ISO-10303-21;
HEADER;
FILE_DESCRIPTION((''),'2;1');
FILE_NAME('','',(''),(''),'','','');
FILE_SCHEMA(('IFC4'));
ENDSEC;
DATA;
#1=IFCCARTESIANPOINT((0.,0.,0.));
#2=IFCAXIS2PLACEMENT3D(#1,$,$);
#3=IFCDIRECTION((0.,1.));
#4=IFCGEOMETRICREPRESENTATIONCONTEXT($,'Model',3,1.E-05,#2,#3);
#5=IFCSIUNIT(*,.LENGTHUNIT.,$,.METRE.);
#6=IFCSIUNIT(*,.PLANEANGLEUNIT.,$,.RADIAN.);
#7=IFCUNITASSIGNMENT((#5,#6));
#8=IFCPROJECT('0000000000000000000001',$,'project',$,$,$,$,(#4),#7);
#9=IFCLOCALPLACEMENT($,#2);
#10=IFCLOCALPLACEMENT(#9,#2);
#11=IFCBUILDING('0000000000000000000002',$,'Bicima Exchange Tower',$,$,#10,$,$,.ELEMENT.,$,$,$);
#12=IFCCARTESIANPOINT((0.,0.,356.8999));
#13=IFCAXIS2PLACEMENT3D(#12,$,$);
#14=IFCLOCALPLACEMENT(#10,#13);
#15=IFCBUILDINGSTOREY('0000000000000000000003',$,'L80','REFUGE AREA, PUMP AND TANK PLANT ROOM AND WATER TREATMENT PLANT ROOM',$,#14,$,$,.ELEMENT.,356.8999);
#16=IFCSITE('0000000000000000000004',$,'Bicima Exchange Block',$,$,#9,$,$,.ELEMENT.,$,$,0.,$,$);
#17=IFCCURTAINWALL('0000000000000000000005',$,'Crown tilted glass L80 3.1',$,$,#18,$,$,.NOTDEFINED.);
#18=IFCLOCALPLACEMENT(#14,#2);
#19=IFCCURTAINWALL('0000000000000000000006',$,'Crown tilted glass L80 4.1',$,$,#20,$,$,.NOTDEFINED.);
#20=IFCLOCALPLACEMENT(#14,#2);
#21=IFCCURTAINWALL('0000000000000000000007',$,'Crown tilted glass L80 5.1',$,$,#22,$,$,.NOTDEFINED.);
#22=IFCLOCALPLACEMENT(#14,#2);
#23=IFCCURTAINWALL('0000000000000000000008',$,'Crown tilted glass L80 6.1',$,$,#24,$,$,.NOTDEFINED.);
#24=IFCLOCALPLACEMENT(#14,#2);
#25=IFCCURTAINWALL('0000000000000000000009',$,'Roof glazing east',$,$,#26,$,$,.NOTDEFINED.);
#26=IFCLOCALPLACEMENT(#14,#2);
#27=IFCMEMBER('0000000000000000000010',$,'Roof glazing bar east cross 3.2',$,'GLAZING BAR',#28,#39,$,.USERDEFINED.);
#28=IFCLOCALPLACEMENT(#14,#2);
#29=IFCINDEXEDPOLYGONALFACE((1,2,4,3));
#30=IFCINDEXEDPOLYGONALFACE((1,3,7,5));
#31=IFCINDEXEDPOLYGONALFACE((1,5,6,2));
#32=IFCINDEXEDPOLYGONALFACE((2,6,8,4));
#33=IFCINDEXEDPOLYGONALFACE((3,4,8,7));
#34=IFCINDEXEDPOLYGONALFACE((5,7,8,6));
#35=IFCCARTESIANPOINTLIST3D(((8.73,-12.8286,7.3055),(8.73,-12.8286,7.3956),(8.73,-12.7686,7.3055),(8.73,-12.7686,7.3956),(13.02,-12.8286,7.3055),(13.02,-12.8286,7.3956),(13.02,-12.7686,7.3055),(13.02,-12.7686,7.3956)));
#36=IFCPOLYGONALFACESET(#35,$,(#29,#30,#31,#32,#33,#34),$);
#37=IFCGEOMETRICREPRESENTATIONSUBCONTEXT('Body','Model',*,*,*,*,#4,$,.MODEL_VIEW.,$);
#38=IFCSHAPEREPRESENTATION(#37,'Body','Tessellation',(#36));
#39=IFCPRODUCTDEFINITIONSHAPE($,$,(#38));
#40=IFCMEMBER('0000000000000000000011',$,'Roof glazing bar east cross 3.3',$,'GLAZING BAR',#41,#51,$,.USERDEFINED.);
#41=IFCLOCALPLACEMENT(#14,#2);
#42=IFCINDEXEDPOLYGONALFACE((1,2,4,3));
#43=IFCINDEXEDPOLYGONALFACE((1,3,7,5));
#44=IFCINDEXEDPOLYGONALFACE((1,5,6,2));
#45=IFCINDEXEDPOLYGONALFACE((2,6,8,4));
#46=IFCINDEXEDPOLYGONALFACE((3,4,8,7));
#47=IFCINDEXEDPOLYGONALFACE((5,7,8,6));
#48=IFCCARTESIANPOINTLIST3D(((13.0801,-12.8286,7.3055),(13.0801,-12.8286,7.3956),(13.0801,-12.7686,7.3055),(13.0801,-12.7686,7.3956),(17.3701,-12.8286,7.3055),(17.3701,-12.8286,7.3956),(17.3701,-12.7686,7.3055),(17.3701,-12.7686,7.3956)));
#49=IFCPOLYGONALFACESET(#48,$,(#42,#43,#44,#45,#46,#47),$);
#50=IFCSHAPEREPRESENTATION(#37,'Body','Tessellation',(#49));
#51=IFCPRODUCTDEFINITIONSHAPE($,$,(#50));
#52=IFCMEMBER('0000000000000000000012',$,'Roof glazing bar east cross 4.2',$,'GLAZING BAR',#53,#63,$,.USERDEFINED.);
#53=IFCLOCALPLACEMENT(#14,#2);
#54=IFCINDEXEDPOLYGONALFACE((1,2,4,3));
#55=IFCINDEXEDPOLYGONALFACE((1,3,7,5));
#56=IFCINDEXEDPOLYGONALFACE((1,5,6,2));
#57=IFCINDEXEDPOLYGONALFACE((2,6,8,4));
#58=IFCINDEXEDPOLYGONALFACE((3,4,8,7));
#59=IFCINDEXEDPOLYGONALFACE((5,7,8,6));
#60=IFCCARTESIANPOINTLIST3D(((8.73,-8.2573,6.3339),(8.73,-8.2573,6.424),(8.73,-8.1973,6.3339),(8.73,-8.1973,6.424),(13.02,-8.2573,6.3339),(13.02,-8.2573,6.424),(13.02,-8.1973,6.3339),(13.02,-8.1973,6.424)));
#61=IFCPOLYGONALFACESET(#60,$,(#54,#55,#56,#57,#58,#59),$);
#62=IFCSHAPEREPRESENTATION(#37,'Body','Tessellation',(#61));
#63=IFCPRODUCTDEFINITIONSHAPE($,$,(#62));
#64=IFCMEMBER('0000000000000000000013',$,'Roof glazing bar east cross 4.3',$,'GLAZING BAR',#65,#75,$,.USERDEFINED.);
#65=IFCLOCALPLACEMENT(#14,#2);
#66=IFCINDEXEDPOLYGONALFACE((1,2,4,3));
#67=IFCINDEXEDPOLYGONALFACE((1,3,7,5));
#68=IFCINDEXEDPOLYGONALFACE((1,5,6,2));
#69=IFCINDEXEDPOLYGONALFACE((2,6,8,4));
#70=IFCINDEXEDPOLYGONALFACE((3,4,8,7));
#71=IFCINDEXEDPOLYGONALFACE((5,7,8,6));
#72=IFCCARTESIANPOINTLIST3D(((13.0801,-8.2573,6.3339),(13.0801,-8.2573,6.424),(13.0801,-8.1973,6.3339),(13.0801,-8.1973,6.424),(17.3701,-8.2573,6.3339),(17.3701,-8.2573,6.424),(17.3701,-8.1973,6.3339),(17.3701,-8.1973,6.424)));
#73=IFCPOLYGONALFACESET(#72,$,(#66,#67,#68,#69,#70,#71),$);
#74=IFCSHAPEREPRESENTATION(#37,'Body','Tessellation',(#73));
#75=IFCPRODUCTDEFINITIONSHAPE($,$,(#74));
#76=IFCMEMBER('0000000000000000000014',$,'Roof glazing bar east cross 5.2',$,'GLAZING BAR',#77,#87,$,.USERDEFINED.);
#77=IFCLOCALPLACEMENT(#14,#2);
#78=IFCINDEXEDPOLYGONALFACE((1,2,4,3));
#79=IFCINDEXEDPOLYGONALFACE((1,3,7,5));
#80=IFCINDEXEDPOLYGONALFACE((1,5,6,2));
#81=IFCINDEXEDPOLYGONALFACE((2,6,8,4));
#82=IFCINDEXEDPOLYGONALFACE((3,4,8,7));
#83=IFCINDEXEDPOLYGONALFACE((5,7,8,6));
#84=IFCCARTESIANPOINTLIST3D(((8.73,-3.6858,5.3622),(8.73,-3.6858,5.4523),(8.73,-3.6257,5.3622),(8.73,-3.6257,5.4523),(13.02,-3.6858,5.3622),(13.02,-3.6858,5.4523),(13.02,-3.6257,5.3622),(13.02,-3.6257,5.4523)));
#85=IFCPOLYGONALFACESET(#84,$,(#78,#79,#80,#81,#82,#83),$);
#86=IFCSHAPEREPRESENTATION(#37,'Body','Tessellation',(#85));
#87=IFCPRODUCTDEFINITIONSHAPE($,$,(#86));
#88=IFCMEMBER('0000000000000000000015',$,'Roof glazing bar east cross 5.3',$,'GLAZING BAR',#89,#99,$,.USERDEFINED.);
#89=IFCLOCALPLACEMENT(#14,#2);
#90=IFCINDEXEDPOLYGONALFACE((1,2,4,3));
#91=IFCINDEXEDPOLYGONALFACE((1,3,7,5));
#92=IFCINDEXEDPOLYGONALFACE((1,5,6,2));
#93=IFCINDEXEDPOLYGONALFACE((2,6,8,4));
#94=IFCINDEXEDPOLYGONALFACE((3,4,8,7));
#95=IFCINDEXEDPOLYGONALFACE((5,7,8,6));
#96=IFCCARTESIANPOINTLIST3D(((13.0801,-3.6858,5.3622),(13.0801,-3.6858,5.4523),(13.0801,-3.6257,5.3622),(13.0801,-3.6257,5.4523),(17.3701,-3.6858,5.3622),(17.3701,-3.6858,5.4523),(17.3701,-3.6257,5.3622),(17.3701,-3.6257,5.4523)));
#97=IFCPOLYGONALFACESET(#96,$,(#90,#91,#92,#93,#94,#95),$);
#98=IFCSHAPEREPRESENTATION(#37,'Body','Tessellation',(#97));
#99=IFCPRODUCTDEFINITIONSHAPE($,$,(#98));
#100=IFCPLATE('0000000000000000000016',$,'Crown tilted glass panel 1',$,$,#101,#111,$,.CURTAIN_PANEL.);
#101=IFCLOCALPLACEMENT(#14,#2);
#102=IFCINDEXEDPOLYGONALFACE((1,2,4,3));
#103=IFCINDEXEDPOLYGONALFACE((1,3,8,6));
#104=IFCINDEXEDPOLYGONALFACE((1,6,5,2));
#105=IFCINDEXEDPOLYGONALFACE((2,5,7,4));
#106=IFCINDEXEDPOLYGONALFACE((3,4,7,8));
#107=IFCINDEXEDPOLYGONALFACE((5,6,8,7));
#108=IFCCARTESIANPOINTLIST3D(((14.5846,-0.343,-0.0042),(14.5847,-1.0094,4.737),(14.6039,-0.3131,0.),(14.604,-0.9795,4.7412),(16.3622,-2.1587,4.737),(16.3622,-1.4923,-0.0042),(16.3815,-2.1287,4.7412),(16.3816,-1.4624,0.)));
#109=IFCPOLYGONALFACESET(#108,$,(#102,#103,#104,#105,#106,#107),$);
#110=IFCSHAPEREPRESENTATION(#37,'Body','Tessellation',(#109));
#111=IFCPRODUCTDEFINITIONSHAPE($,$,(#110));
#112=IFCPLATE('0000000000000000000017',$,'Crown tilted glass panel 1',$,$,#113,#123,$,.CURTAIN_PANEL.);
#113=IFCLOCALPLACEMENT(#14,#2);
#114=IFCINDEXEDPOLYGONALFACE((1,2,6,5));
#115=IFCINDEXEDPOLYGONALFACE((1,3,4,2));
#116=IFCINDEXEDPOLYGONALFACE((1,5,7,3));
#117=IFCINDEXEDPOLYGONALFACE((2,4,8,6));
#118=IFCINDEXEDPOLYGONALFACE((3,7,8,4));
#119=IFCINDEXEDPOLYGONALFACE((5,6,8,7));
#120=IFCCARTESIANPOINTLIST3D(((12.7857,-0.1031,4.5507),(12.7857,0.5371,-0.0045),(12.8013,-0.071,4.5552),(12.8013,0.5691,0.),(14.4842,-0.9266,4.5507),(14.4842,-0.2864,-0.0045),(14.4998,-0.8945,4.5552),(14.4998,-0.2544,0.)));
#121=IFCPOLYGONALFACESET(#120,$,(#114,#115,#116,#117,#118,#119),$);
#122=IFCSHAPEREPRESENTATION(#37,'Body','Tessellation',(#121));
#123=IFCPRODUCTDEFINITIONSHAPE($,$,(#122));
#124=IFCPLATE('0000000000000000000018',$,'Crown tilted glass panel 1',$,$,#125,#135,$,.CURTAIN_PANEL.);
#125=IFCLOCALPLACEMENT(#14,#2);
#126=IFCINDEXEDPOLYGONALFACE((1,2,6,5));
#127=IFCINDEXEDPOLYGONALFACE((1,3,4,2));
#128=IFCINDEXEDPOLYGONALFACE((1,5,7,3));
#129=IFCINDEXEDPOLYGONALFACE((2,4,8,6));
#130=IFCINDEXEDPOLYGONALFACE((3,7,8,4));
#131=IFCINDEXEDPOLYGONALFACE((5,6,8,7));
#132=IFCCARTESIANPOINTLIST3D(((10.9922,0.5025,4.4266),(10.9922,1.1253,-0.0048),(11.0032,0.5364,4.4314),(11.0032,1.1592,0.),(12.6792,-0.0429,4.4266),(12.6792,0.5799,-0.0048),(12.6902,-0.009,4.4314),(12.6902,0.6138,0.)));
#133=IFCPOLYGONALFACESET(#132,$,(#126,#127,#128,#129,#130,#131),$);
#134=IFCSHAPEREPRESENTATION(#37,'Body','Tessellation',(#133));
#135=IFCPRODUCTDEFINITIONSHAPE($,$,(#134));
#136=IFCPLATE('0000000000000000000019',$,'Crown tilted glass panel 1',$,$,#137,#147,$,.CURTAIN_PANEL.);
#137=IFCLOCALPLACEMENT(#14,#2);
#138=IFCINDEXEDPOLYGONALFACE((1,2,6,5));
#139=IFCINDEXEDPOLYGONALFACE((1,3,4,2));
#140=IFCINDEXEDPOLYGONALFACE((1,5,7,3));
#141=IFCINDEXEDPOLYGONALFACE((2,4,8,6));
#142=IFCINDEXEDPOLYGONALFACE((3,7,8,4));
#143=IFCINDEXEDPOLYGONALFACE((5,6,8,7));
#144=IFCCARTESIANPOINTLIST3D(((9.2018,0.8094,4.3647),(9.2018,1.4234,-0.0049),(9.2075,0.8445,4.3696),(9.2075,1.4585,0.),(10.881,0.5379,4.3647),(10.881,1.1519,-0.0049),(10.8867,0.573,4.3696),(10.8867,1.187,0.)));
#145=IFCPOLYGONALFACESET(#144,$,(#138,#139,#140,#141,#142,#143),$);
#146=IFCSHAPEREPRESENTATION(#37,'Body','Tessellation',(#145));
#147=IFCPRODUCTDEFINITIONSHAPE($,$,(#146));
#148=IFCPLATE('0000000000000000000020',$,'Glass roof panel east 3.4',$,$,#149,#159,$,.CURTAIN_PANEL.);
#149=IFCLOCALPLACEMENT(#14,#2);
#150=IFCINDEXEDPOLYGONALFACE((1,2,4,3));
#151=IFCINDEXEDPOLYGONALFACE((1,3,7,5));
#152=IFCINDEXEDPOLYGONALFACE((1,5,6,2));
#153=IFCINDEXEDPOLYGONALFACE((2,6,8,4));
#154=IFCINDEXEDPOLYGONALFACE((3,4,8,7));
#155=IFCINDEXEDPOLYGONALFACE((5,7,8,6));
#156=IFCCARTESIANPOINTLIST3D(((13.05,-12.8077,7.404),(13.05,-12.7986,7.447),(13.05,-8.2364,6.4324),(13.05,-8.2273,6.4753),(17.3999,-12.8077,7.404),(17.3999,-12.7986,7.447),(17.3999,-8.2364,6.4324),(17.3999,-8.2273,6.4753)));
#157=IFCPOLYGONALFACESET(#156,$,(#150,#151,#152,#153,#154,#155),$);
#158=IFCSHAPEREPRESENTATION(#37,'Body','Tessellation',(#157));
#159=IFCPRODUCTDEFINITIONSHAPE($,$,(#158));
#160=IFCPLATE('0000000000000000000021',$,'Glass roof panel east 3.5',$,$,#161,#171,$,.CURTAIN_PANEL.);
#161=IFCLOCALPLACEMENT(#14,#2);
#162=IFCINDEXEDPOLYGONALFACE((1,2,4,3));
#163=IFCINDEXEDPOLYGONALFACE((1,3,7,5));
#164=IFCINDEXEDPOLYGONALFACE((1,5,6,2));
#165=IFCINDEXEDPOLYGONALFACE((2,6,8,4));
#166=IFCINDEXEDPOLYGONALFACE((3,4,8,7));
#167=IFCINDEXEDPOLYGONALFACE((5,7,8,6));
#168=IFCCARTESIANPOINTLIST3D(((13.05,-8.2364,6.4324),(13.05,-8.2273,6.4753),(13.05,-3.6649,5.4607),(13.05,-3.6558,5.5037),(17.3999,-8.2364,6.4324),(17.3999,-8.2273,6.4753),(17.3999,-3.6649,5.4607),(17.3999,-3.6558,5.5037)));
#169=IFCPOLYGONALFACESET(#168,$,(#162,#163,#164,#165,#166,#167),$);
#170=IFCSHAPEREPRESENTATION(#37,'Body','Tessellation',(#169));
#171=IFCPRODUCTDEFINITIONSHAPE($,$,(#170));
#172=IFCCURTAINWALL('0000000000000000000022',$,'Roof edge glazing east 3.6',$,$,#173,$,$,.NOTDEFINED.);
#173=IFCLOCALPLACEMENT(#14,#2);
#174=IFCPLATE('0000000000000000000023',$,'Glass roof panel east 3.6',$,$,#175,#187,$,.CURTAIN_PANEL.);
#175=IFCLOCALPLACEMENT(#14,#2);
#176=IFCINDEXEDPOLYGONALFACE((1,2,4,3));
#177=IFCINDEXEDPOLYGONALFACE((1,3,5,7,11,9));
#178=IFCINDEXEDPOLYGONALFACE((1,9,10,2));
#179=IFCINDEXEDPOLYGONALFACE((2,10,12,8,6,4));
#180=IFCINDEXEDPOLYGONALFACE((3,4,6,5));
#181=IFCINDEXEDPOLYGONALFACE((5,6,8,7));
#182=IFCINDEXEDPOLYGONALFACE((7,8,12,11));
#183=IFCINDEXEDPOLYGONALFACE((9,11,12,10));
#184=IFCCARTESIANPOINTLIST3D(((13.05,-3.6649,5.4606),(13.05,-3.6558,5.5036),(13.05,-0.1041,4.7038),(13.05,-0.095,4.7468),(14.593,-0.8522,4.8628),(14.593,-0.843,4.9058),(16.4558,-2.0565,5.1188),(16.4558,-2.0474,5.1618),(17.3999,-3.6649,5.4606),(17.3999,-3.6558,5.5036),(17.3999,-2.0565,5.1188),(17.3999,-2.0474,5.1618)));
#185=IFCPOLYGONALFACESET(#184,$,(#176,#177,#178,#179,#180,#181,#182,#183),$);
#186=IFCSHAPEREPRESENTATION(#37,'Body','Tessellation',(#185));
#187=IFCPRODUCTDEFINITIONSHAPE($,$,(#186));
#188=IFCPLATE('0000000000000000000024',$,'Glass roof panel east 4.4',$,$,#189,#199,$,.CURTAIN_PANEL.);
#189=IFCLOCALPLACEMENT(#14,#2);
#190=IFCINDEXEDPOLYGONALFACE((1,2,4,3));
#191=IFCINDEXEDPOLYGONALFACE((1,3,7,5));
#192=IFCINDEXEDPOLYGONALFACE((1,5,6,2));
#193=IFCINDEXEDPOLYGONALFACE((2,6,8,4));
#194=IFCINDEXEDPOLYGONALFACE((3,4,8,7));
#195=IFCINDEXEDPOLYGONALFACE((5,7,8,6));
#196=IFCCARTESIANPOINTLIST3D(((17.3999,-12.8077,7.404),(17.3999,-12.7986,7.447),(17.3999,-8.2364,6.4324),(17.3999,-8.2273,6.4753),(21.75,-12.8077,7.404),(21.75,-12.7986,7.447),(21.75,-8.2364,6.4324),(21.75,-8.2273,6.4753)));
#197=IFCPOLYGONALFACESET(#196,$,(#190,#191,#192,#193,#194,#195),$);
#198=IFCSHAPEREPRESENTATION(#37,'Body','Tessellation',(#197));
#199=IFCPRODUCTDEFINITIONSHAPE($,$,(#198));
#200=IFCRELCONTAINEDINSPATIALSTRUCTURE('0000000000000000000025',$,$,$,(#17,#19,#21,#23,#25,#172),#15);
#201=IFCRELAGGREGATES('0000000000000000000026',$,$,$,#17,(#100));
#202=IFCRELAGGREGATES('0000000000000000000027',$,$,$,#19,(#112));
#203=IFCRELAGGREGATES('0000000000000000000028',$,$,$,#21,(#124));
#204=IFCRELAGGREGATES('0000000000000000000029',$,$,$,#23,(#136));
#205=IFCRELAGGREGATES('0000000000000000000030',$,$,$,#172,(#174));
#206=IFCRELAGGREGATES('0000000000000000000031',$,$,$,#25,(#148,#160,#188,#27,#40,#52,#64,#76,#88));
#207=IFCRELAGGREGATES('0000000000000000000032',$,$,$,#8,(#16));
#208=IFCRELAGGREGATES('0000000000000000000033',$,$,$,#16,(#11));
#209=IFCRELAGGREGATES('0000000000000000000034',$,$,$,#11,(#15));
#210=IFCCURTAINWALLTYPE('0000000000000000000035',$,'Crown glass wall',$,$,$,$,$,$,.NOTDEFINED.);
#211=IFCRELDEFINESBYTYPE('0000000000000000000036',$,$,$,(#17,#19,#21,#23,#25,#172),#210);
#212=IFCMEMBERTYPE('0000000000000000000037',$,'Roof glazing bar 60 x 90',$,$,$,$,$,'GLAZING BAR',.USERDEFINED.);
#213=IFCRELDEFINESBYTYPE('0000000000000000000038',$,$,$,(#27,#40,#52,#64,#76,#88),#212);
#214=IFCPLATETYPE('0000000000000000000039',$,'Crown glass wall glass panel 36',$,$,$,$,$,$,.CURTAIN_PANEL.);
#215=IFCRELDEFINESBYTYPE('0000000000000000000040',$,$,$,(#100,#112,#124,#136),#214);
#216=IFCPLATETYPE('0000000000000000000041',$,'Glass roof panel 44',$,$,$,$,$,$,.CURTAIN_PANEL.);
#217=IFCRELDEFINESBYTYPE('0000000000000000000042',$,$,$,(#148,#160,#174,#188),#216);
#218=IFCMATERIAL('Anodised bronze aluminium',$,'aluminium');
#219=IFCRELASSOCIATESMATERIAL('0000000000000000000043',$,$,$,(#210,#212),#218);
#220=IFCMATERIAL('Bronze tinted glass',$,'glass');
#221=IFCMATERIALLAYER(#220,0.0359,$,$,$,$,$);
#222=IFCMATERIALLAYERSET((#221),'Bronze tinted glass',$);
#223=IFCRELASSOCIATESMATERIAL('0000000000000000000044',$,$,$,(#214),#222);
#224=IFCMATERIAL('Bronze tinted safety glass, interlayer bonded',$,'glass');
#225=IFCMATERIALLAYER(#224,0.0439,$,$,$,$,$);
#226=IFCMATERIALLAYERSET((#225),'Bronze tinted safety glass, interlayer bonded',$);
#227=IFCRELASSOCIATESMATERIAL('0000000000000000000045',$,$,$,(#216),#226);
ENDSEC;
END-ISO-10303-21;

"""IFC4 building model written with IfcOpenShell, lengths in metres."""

from ifc_helpers import new_model, si_unit, direction, frame, origin, origin_2d, place, context, subcontext, project, spatial, polyline, rectangle, outline, extrude, material, layer, layer_set, material_profile, profile_set, type_object, element, aggregate, save


model = new_model("IFC4")

# Units and contexts
model_context = context("Model", 3, precision=1e-05, world=origin(), true_north=direction((0.0, 1.0)))
body_context = subcontext(model_context, "Body", "Model", "MODEL_VIEW")
ifc_project = project(units=[si_unit("LENGTHUNIT", "METRE"), si_unit("PLANEANGLEUNIT", "RADIAN")], contexts=[model_context])

# Site, building, storey
site_placement = place(None, origin())
site = spatial("IfcSite", under=ifc_project, at=site_placement, Name="Bicima Exchange Block", CompositionType="ELEMENT", RefElevation=0.0)
building_placement = place(site_placement, origin())
building = spatial("IfcBuilding", under=site, at=building_placement, Name="Bicima Exchange Tower", CompositionType="ELEMENT")
storey_placement = place(building_placement, frame((0.0, 0.0, 356.8999)))
storey = spatial("IfcBuildingStorey", under=building, at=storey_placement, Name="L80", Description="REFUGE AREA, PUMP AND TANK PLANT ROOM AND WATER TREATMENT PLANT ROOM", CompositionType="ELEMENT", Elevation=356.8999)

# Shared definitions
ifc_material_1 = material(Name="Anodised bronze aluminium", Category="aluminium")
curtain_wall_type = type_object("IfcCurtainWallType", Name="Crown glass wall", PredefinedType="NOTDEFINED", material=ifc_material_1)

# Curtain walls
curtain_wall_1_placement = place(storey_placement, origin())
curtain_wall_1 = element("IfcCurtainWall", 1, at=curtain_wall_1_placement, inside=storey, type_object=curtain_wall_type, Name="Crown tilted glass L80 3.1", PredefinedType="NOTDEFINED")
curtain_wall_2_placement = place(storey_placement, origin())
curtain_wall_2 = element("IfcCurtainWall", 2, at=curtain_wall_2_placement, inside=storey, type_object=curtain_wall_type, Name="Crown tilted glass L80 4.1", PredefinedType="NOTDEFINED")
curtain_wall_3_placement = place(storey_placement, origin())
curtain_wall_3 = element("IfcCurtainWall", 3, at=curtain_wall_3_placement, inside=storey, type_object=curtain_wall_type, Name="Crown tilted glass L80 5.1", PredefinedType="NOTDEFINED")
curtain_wall_4_placement = place(storey_placement, origin())
curtain_wall_4 = element("IfcCurtainWall", 4, at=curtain_wall_4_placement, inside=storey, type_object=curtain_wall_type, Name="Crown tilted glass L80 6.1", PredefinedType="NOTDEFINED")

# Curtain wall, members
curtain_wall_5_placement = place(storey_placement, origin())
curtain_wall_5 = element("IfcCurtainWall", 5, at=curtain_wall_5_placement, inside=storey, type_object=curtain_wall_type, Name="Roof glazing east", PredefinedType="NOTDEFINED")
ifc_material_profile_1 = material_profile(ifc_material_1, rectangle(XDim=0.0601, YDim=0.0901, at=origin_2d()))
ifc_profile_set_1 = profile_set([ifc_material_profile_1], Name="Anodised bronze aluminium")
member_type_1 = type_object("IfcMemberType", Name="Roof glazing bar 60 x 90", ElementType="GLAZING BAR", PredefinedType="USERDEFINED", material=ifc_profile_set_1)
member_1_placement = place(storey_placement, frame((8.73, -12.7986, 7.3506), z_axis=(1.0, 0.0, 0.0), x_axis=(0.0, 1.0, 0.0)))
member_1 = element("IfcMember", 6, at=member_1_placement, type_object=member_type_1, Name="Roof glazing bar east cross 3.2", ObjectType="GLAZING BAR", PredefinedType="USERDEFINED", context=body_context, shape_type="SweptSolid", body=[
    extrude(rectangle(XDim=0.0601, YDim=0.0901, at=origin_2d()), origin(), (0.0, 0.0, 1.0), 4.29),
])
member_2_placement = place(storey_placement, frame((13.0801, -12.7986, 7.3506), z_axis=(1.0, 0.0, 0.0), x_axis=(0.0, 1.0, 0.0)))
member_2 = element("IfcMember", 7, at=member_2_placement, type_object=member_type_1, Name="Roof glazing bar east cross 3.3", ObjectType="GLAZING BAR", PredefinedType="USERDEFINED", context=body_context, shape_type="SweptSolid", body=[
    extrude(rectangle(XDim=0.0601, YDim=0.0901, at=origin_2d()), origin(), (0.0, 0.0, 1.0), 4.29),
])
member_3_placement = place(storey_placement, frame((8.73, -8.2273, 6.3789), z_axis=(1.0, 0.0, 0.0), x_axis=(0.0, 1.0, 0.0)))
member_3 = element("IfcMember", 8, at=member_3_placement, type_object=member_type_1, Name="Roof glazing bar east cross 4.2", ObjectType="GLAZING BAR", PredefinedType="USERDEFINED", context=body_context, shape_type="SweptSolid", body=[
    extrude(rectangle(XDim=0.0601, YDim=0.0901, at=origin_2d()), origin(), (0.0, 0.0, 1.0), 4.29),
])
member_4_placement = place(storey_placement, frame((13.0801, -8.2273, 6.3789), z_axis=(1.0, 0.0, 0.0), x_axis=(0.0, 1.0, 0.0)))
member_4 = element("IfcMember", 9, at=member_4_placement, type_object=member_type_1, Name="Roof glazing bar east cross 4.3", ObjectType="GLAZING BAR", PredefinedType="USERDEFINED", context=body_context, shape_type="SweptSolid", body=[
    extrude(rectangle(XDim=0.0601, YDim=0.0901, at=origin_2d()), origin(), (0.0, 0.0, 1.0), 4.29),
])
member_5_placement = place(storey_placement, frame((8.73, -3.6558, 5.4072), z_axis=(1.0, 0.0, 0.0), x_axis=(0.0, 1.0, 0.0)))
member_5 = element("IfcMember", 10, at=member_5_placement, type_object=member_type_1, Name="Roof glazing bar east cross 5.2", ObjectType="GLAZING BAR", PredefinedType="USERDEFINED", context=body_context, shape_type="SweptSolid", body=[
    extrude(rectangle(XDim=0.0601, YDim=0.0901, at=origin_2d()), origin(), (0.0, 0.0, 1.0), 4.29),
])
member_6_placement = place(storey_placement, frame((13.0801, -3.6558, 5.4072), z_axis=(1.0, 0.0, 0.0), x_axis=(0.0, 1.0, 0.0)))
member_6 = element("IfcMember", 11, at=member_6_placement, type_object=member_type_1, Name="Roof glazing bar east cross 5.3", ObjectType="GLAZING BAR", PredefinedType="USERDEFINED", context=body_context, shape_type="SweptSolid", body=[
    extrude(rectangle(XDim=0.0601, YDim=0.0901, at=origin_2d()), origin(), (0.0, 0.0, 1.0), 4.29),
])

# Plates
ifc_material_2 = material(Name="Bronze tinted glass", Category="glass")
ifc_layer_1 = layer(ifc_material_2, 0.0359)
ifc_layer_set_1 = layer_set([ifc_layer_1], Name="Bronze tinted glass")
plate_type_1 = type_object("IfcPlateType", Name="Crown glass wall glass panel 36", PredefinedType="CURTAIN_PANEL", material=ifc_layer_set_1)
plate_1_placement = place(storey_placement, frame((16.3816, -1.4624, 0.0), z_axis=(0.539205, 0.833978, 0.117216), x_axis=(-0.839766, 0.542948, -0.000006)))
plate_1 = element("IfcPlate", 12, at=plate_1_placement, type_object=plate_type_1, Name="Crown tilted glass panel 1", PredefinedType="CURTAIN_PANEL", context=body_context, shape_type="SweptSolid", body=[
    extrude(outline(polyline([(0.0, 0.0), (2.1168, 0.0), (1.7549, 4.7741), (-0.3618, 4.7741), (0.0, 0.0)])), origin(), (0.0, 0.0, -1.0), 0.0359),
])
aggregate(curtain_wall_1, [plate_1])
plate_2_placement = place(storey_placement, frame((14.4998, -0.2544, 0.0), z_axis=(0.432817, 0.89271, 0.125452), x_axis=(-0.899819, 0.436264, 0.0)))
plate_2 = element("IfcPlate", 13, at=plate_2_placement, type_object=plate_type_1, Name="Crown tilted glass panel 1", PredefinedType="CURTAIN_PANEL", context=body_context, shape_type="SweptSolid", body=[
    extrude(outline(polyline([(0.0, 0.0), (1.8876, 0.0), (1.6083, 4.5914), (-0.2793, 4.5914), (0.0, 0.0)])), origin(), (0.0, 0.0, -1.0), 0.0359),
])
aggregate(curtain_wall_2, [plate_2])
plate_3_placement = place(storey_placement, frame((12.6902, 0.6138, 0.0), z_axis=(0.304908, 0.943113, 0.132548), x_axis=(-0.951509, 0.307622, 0.0)))
plate_3 = element("IfcPlate", 14, at=plate_3_placement, type_object=plate_type_1, Name="Crown tilted glass panel 1", PredefinedType="CURTAIN_PANEL", context=body_context, shape_type="SweptSolid", body=[
    extrude(outline(polyline([(0.0, 0.0), (1.773, 0.0), (1.5814, 4.4708), (-0.1916, 4.4708), (0.0, 0.0)])), origin(), (0.0, 0.0, -1.0), 0.0359),
])
aggregate(curtain_wall_3, [plate_3])
plate_4_placement = place(storey_placement, frame((10.8867, 1.187, 0.0), z_axis=(0.158089, 0.977818, 0.137402), x_axis=(-0.987181, 0.159602, 0.0)))
plate_4 = element("IfcPlate", 15, at=plate_4_placement, type_object=plate_type_1, Name="Crown tilted glass panel 1", PredefinedType="CURTAIN_PANEL", context=body_context, shape_type="SweptSolid", body=[
    extrude(outline(polyline([(0.0, 0.0), (1.701, 0.0), (1.603, 4.4115), (-0.098, 4.4115), (0.0, 0.0)])), origin(), (0.0, 0.0, -1.0), 0.0359),
])
aggregate(curtain_wall_4, [plate_4])

# Shared definitions
ifc_material_3 = material(Name="Bronze tinted safety glass, interlayer bonded", Category="glass")
ifc_layer_2 = layer(ifc_material_3, 0.0439)
ifc_layer_set_2 = layer_set([ifc_layer_2], Name="Bronze tinted safety glass, interlayer bonded")
plate_type_2 = type_object("IfcPlateType", Name="Glass roof panel 44", PredefinedType="CURTAIN_PANEL", material=ifc_layer_set_2)

# Plates
plate_5_placement = place(storey_placement, frame((13.05, -12.7986, 7.447), z_axis=(0.0, 0.207916, 0.978147), x_axis=(0.0, 0.978147, -0.207916)))
plate_5 = element("IfcPlate", 16, at=plate_5_placement, type_object=plate_type_2, Name="Glass roof panel east 3.4", PredefinedType="CURTAIN_PANEL", context=body_context, shape_type="SweptSolid", body=[
    extrude(outline(polyline([(0.0, 0.0), (4.6734, 0.0), (4.6734, -4.3499), (0.0, -4.3499), (0.0, 0.0)])), origin(), (0.0, 0.0, -1.0), 0.0439),
])
plate_6_placement = place(storey_placement, frame((13.05, -8.2273, 6.4753), z_axis=(0.0, 0.207906, 0.978149), x_axis=(0.0, 0.978149, -0.207906)))
plate_6 = element("IfcPlate", 17, at=plate_6_placement, type_object=plate_type_2, Name="Glass roof panel east 3.5", PredefinedType="CURTAIN_PANEL", context=body_context, shape_type="SweptSolid", body=[
    extrude(outline(polyline([(0.0, 0.0), (4.6737, 0.0), (4.6737, -4.3499), (0.0, -4.3499), (0.0, 0.0)])), origin(), (0.0, 0.0, -1.0), 0.0439),
])

# Curtain wall, plate
curtain_wall_6_placement = place(storey_placement, origin())
curtain_wall_6 = element("IfcCurtainWall", 18, at=curtain_wall_6_placement, inside=storey, type_object=curtain_wall_type, Name="Roof edge glazing east 3.6", PredefinedType="NOTDEFINED")
plate_7_placement = place(storey_placement, frame((14.593, -0.843, 4.9058), z_axis=(-0.000003, 0.207901, 0.97815), x_axis=(0.834232, -0.539364, 0.114642)))
plate_7 = element("IfcPlate", 19, at=plate_7_placement, type_object=plate_type_2, Name="Glass roof panel east 3.6", PredefinedType="CURTAIN_PANEL", context=body_context, shape_type="SweptSolid", body=[
    extrude(outline(polyline([(0.0, 0.0), (2.2329, 0.0), (3.0205, 0.5206), (3.9272, -0.8512), (0.2984, -3.2497), (-1.7089, -0.2128), (0.0, 0.0)])), origin(), (0.0, 0.0, -1.0), 0.0439),
])
aggregate(curtain_wall_6, [plate_7])

# Plate
plate_8_placement = place(storey_placement, frame((17.3999, -12.7986, 7.447), z_axis=(0.0, 0.207916, 0.978147), x_axis=(0.0, 0.978147, -0.207916)))
plate_8 = element("IfcPlate", 20, at=plate_8_placement, type_object=plate_type_2, Name="Glass roof panel east 4.4", PredefinedType="CURTAIN_PANEL", context=body_context, shape_type="SweptSolid", body=[
    extrude(outline(polyline([(0.0, 0.0), (4.6734, 0.0), (4.6734, -4.3501), (0.0, -4.3501), (0.0, 0.0)])), origin(), (0.0, 0.0, -1.0), 0.0439),
])
aggregate(curtain_wall_5, [plate_5, plate_6, plate_8, member_1, member_2, member_3, member_4, member_5, member_6])

save(model, "model.ifc")
